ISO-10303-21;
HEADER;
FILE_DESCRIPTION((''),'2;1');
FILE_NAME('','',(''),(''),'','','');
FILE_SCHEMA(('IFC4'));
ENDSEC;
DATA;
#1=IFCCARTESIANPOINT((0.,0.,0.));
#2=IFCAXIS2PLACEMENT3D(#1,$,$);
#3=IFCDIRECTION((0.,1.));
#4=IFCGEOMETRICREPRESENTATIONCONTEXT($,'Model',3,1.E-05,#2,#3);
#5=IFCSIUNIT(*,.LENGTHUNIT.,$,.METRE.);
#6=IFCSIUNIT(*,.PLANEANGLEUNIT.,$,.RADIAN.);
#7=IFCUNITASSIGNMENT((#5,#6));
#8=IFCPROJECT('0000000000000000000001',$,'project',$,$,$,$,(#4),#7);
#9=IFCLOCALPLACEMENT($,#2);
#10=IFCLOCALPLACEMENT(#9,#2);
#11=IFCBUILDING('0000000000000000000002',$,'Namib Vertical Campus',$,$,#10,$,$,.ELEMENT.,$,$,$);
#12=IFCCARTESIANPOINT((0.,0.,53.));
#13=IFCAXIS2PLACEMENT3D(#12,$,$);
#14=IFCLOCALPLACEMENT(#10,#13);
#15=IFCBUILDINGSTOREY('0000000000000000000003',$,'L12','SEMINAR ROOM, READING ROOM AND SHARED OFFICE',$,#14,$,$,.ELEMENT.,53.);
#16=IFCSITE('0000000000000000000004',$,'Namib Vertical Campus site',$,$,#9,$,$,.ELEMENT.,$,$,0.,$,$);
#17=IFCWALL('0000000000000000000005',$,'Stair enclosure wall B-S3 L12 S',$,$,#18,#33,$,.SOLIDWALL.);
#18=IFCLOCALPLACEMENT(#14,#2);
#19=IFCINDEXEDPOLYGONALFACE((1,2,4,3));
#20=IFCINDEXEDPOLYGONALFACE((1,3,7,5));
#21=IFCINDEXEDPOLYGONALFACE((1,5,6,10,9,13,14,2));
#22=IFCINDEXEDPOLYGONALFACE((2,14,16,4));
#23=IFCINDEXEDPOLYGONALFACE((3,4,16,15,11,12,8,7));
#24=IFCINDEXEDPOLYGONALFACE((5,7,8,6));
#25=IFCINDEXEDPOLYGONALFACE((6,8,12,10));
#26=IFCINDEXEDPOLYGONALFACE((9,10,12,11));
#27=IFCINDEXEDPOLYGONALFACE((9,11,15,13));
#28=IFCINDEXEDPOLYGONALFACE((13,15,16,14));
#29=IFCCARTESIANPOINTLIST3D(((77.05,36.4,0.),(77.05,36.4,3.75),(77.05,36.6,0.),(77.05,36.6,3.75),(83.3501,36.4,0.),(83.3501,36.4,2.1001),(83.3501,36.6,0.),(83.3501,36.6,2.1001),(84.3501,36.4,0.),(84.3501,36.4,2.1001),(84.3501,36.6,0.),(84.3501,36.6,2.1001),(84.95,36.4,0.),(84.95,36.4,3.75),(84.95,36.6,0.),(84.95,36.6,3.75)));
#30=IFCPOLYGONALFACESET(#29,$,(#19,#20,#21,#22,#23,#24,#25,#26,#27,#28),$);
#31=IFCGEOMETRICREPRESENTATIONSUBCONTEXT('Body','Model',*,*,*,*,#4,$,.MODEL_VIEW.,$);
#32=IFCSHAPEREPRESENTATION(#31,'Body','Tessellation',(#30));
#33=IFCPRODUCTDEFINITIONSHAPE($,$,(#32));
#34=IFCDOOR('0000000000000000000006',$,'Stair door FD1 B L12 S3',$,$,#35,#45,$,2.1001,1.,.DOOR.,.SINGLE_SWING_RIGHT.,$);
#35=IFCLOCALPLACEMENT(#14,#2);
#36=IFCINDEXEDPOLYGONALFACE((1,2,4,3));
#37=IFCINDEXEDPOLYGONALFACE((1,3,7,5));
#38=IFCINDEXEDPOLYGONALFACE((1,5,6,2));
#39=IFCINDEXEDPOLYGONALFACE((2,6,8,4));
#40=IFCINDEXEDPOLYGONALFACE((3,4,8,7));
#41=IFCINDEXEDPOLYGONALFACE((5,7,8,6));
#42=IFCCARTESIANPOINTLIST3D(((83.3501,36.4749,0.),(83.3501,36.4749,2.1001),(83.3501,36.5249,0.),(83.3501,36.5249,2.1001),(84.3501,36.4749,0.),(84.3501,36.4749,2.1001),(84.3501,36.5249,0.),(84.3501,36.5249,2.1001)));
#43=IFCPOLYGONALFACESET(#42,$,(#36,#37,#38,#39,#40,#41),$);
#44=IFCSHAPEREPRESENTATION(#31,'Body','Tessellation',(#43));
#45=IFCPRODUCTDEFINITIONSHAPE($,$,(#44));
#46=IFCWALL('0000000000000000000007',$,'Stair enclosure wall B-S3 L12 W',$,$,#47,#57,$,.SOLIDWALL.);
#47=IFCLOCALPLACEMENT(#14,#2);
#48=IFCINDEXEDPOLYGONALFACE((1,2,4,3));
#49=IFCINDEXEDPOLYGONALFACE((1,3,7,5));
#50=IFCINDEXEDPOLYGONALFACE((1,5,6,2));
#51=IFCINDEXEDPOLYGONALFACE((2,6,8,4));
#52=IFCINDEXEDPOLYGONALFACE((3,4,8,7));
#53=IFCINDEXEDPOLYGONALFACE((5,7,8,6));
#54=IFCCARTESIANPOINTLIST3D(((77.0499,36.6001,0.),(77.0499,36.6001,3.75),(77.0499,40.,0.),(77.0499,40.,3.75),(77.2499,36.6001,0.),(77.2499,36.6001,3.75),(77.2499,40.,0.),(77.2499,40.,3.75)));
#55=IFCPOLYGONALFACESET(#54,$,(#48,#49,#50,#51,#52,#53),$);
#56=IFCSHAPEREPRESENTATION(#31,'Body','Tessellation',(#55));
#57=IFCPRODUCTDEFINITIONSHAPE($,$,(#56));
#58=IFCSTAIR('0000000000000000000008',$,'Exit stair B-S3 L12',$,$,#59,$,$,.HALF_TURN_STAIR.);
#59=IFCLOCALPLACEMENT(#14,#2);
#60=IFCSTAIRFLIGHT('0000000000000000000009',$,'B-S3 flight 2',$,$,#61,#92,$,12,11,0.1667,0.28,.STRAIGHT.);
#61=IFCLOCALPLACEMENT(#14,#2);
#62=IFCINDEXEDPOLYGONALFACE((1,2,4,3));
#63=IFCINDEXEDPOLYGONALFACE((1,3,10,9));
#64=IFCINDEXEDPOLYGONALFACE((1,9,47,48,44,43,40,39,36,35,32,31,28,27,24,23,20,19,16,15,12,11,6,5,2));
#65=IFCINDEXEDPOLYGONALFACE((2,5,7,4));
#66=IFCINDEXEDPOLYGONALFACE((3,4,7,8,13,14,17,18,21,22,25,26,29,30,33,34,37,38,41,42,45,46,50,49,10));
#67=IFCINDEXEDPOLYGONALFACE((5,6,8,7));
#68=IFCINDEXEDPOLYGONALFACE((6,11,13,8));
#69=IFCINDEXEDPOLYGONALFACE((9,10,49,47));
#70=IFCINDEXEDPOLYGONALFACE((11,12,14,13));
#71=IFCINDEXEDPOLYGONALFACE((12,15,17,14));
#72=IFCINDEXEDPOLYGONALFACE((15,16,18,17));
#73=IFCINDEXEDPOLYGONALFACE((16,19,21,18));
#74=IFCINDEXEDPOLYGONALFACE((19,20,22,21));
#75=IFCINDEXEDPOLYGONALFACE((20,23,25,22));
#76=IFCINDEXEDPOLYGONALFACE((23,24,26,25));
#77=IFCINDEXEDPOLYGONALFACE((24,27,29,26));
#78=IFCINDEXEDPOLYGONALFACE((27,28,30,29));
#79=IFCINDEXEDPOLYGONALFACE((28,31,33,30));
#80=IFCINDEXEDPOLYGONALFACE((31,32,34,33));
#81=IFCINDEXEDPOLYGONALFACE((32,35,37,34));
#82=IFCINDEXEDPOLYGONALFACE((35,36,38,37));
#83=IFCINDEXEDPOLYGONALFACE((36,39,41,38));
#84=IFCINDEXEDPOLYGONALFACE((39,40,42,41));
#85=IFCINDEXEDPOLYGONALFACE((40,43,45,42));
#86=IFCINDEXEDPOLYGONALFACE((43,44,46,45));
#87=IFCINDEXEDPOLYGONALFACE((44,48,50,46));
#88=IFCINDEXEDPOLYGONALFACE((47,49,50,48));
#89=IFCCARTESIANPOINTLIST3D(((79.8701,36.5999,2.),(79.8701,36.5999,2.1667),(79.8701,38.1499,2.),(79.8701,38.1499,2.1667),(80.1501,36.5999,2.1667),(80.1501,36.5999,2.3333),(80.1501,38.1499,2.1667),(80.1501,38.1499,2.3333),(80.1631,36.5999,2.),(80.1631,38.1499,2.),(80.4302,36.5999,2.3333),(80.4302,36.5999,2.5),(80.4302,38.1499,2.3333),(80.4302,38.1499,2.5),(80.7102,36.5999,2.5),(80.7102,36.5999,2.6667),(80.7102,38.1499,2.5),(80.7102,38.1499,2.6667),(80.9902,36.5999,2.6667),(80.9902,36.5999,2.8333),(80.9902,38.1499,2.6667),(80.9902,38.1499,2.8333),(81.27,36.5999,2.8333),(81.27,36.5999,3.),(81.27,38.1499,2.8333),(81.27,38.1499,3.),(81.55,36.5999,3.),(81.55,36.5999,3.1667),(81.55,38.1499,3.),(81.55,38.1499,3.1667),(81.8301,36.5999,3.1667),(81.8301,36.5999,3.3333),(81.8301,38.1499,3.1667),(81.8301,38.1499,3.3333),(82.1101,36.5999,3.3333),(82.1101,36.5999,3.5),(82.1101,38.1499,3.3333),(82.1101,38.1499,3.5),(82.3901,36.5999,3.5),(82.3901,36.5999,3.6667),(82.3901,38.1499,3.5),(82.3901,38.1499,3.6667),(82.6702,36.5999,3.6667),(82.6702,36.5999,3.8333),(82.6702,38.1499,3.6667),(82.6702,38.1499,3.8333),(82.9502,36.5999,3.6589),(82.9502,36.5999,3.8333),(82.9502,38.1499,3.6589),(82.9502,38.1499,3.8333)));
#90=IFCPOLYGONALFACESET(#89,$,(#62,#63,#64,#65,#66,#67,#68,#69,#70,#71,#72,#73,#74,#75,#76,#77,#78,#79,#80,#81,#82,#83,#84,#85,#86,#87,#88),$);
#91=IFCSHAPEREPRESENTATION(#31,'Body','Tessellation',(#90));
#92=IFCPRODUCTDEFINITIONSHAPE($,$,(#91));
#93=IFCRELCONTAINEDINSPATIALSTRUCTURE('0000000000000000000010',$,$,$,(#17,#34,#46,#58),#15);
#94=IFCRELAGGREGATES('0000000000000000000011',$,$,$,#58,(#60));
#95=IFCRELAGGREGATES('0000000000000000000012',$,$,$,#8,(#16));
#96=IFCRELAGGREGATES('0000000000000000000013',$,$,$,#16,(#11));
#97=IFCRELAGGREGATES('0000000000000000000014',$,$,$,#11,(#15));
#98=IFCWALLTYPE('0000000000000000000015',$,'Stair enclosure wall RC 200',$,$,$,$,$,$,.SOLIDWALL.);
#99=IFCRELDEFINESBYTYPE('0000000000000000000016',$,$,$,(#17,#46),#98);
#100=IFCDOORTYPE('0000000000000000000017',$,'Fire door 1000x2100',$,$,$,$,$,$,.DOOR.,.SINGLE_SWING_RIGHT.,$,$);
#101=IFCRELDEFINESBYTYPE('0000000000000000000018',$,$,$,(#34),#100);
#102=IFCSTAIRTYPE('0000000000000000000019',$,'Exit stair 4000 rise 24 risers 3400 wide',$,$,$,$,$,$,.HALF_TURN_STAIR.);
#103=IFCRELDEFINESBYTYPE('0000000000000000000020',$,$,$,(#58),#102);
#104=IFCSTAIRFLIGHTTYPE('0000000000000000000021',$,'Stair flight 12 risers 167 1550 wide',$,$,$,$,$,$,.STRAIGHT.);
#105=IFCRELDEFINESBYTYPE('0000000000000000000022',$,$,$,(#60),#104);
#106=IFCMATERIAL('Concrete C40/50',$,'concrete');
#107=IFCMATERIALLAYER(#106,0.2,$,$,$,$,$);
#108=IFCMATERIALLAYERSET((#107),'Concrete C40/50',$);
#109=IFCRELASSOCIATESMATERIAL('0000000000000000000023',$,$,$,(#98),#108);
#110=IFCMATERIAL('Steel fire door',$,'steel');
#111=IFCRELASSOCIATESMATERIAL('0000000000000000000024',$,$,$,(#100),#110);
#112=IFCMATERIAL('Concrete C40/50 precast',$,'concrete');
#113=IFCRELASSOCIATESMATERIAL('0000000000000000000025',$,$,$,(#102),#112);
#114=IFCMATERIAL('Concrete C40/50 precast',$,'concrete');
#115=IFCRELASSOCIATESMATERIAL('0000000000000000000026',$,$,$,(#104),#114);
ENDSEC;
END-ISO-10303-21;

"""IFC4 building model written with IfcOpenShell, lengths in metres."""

from ifc_helpers import new_model, si_unit, direction, frame, frame_2d, origin, place, context, subcontext, project, spatial, polyline, rectangle, outline, extrude, material, layer, layer_set, type_object, element, fill, aggregate, save


model = new_model("IFC4")

# Units and contexts
model_context = context("Model", 3, precision=1e-05, world=origin(), true_north=direction((0.0, 1.0)))
body_context = subcontext(model_context, "Body", "Model", "MODEL_VIEW")
ifc_project = project(units=[si_unit("LENGTHUNIT", "METRE"), si_unit("PLANEANGLEUNIT", "RADIAN")], contexts=[model_context])

# Site, building, storey
site_placement = place(None, origin())
site = spatial("IfcSite", under=ifc_project, at=site_placement, Name="Namib Vertical Campus site", CompositionType="ELEMENT", RefElevation=0.0)
building_placement = place(site_placement, origin())
building = spatial("IfcBuilding", under=site, at=building_placement, Name="Namib Vertical Campus", CompositionType="ELEMENT")
storey_placement = place(building_placement, frame((0.0, 0.0, 53.0)))
storey = spatial("IfcBuildingStorey", under=building, at=storey_placement, Name="L12", Description="SEMINAR ROOM, READING ROOM AND SHARED OFFICE", CompositionType="ELEMENT", Elevation=53.0)

# Wall, opening, door
ifc_material_1 = material(Name="Concrete C40/50", Category="concrete")
ifc_layer_1 = layer(ifc_material_1, 0.2)
ifc_layer_set_1 = layer_set([ifc_layer_1], Name="Concrete C40/50")
wall_type_1 = type_object("IfcWallType", Name="Stair enclosure wall RC 200", PredefinedType="SOLIDWALL", material=ifc_layer_set_1)
wall_1_placement = place(storey_placement, frame((77.05, 36.5, 0.0), z_axis=(0.0, 0.0, 1.0), x_axis=(1.0, 0.0, 0.0)))
wall_1 = element("IfcWall", 1, at=wall_1_placement, inside=storey, type_object=wall_type_1, Name="Stair enclosure wall B-S3 L12 S", PredefinedType="SOLIDWALL", context=body_context, shape_type="SweptSolid", body=[
    extrude(rectangle(XDim=7.8999, YDim=0.2, at=frame_2d((3.95, 0.0))), origin(), (0.0, 0.0, 1.0), 3.75),
])
opening_1_placement = place(wall_1_placement, frame((6.3, 0.0, 0.0)))
opening_1 = element("IfcOpeningElement", 2, at=opening_1_placement, cuts=wall_1, PredefinedType="OPENING", context=body_context, shape_type="SweptSolid", body=[
    extrude(rectangle(XDim=1.0, YDim=2.1001, at=frame_2d((0.5, 1.05))), frame((0.0, 0.1099, 0.0), z_axis=(0.0, -1.0, 0.0), x_axis=(1.0, 0.0, 0.0)), (0.0, 0.0, 1.0), 0.22),
])
ifc_material_2 = material(Name="Steel fire door", Category="steel")
door_type_1 = type_object("IfcDoorType", Name="Fire door 1000x2100", OperationType="SINGLE_SWING_RIGHT", PredefinedType="DOOR", material=ifc_material_2)
door_1_placement = place(opening_1_placement, origin())
door_1 = element("IfcDoor", 3, at=door_1_placement, inside=storey, type_object=door_type_1, Name="Stair door FD1 B L12 S3", OperationType="SINGLE_SWING_RIGHT", OverallHeight=2.1001, OverallWidth=1.0, PredefinedType="DOOR", context=body_context, shape_type="SweptSolid", body=[
    extrude(rectangle(XDim=1.0, YDim=2.1001, at=frame_2d((0.5, 1.05))), frame((0.0, 0.0249, 0.0), z_axis=(0.0, -1.0, 0.0), x_axis=(1.0, 0.0, 0.0)), (0.0, 0.0, 1.0), 0.05),
])
fill(opening_1, door_1)

# Wall
wall_2_placement = place(storey_placement, frame((77.1499, 36.6001, 0.0), z_axis=(0.0, 0.0, 1.0), x_axis=(0.0, 1.0, 0.0)))
element("IfcWall", 4, at=wall_2_placement, inside=storey, type_object=wall_type_1, Name="Stair enclosure wall B-S3 L12 W", PredefinedType="SOLIDWALL", context=body_context, shape_type="SweptSolid", body=[
    extrude(rectangle(XDim=3.3999, YDim=0.2, at=frame_2d((1.7, 0.0))), origin(), (0.0, 0.0, 1.0), 3.75),
])

# Stair, stair flight
ifc_material_3 = material(Name="Concrete C40/50 precast", Category="concrete")
stair_type = type_object("IfcStairType", Name="Exit stair 4000 rise 24 risers 3400 wide", PredefinedType="HALF_TURN_STAIR", material=ifc_material_3)
stair_placement = place(storey_placement, origin())
stair = element("IfcStair", 5, at=stair_placement, inside=storey, type_object=stair_type, Name="Exit stair B-S3 L12", PredefinedType="HALF_TURN_STAIR")
ifc_material_4 = material(Name="Concrete C40/50 precast", Category="concrete")
stair_flight_type = type_object("IfcStairFlightType", Name="Stair flight 12 risers 167 1550 wide", PredefinedType="STRAIGHT", material=ifc_material_4)
stair_flight_placement = place(storey_placement, frame((79.8701, 37.375, 2.0), z_axis=(0.0, 0.0, 1.0), x_axis=(1.0, 0.0, 0.0)))
stair_flight = element("IfcStairFlight", 6, at=stair_flight_placement, type_object=stair_flight_type, Name="B-S3 flight 2", NumberOfRisers=12, NumberOfTreads=11, PredefinedType="STRAIGHT", RiserHeight=0.1667, TreadLength=0.28, context=body_context, shape_type="SweptSolid", body=[
    extrude(outline(polyline([(0.0, 0.0), (0.0, 0.1667), (0.28, 0.1667), (0.28, 0.3333), (0.5601, 0.3333), (0.5601, 0.5), (0.8401, 0.5), (0.8401, 0.6667), (1.1201, 0.6667), (1.1201, 0.8333), (1.3999, 0.8333), (1.3999, 1.0), (1.6799, 1.0), (1.6799, 1.1667), (1.96, 1.1667), (1.96, 1.3333), (2.24, 1.3333), (2.24, 1.5), (2.52, 1.5), (2.52, 1.6667), (2.8, 1.6667), (2.8, 1.8333), (3.0801, 1.8333), (3.0801, 2.0), (3.0801, 1.6589), (0.293, 0.0), (0.0, 0.0)])), frame((0.0, 0.7749, 0.0), z_axis=(0.0, -1.0, 0.0), x_axis=(1.0, 0.0, 0.0)), (0.0, 0.0, 1.0), 1.55),
])
aggregate(stair, [stair_flight])

save(model, "model.ifc")
